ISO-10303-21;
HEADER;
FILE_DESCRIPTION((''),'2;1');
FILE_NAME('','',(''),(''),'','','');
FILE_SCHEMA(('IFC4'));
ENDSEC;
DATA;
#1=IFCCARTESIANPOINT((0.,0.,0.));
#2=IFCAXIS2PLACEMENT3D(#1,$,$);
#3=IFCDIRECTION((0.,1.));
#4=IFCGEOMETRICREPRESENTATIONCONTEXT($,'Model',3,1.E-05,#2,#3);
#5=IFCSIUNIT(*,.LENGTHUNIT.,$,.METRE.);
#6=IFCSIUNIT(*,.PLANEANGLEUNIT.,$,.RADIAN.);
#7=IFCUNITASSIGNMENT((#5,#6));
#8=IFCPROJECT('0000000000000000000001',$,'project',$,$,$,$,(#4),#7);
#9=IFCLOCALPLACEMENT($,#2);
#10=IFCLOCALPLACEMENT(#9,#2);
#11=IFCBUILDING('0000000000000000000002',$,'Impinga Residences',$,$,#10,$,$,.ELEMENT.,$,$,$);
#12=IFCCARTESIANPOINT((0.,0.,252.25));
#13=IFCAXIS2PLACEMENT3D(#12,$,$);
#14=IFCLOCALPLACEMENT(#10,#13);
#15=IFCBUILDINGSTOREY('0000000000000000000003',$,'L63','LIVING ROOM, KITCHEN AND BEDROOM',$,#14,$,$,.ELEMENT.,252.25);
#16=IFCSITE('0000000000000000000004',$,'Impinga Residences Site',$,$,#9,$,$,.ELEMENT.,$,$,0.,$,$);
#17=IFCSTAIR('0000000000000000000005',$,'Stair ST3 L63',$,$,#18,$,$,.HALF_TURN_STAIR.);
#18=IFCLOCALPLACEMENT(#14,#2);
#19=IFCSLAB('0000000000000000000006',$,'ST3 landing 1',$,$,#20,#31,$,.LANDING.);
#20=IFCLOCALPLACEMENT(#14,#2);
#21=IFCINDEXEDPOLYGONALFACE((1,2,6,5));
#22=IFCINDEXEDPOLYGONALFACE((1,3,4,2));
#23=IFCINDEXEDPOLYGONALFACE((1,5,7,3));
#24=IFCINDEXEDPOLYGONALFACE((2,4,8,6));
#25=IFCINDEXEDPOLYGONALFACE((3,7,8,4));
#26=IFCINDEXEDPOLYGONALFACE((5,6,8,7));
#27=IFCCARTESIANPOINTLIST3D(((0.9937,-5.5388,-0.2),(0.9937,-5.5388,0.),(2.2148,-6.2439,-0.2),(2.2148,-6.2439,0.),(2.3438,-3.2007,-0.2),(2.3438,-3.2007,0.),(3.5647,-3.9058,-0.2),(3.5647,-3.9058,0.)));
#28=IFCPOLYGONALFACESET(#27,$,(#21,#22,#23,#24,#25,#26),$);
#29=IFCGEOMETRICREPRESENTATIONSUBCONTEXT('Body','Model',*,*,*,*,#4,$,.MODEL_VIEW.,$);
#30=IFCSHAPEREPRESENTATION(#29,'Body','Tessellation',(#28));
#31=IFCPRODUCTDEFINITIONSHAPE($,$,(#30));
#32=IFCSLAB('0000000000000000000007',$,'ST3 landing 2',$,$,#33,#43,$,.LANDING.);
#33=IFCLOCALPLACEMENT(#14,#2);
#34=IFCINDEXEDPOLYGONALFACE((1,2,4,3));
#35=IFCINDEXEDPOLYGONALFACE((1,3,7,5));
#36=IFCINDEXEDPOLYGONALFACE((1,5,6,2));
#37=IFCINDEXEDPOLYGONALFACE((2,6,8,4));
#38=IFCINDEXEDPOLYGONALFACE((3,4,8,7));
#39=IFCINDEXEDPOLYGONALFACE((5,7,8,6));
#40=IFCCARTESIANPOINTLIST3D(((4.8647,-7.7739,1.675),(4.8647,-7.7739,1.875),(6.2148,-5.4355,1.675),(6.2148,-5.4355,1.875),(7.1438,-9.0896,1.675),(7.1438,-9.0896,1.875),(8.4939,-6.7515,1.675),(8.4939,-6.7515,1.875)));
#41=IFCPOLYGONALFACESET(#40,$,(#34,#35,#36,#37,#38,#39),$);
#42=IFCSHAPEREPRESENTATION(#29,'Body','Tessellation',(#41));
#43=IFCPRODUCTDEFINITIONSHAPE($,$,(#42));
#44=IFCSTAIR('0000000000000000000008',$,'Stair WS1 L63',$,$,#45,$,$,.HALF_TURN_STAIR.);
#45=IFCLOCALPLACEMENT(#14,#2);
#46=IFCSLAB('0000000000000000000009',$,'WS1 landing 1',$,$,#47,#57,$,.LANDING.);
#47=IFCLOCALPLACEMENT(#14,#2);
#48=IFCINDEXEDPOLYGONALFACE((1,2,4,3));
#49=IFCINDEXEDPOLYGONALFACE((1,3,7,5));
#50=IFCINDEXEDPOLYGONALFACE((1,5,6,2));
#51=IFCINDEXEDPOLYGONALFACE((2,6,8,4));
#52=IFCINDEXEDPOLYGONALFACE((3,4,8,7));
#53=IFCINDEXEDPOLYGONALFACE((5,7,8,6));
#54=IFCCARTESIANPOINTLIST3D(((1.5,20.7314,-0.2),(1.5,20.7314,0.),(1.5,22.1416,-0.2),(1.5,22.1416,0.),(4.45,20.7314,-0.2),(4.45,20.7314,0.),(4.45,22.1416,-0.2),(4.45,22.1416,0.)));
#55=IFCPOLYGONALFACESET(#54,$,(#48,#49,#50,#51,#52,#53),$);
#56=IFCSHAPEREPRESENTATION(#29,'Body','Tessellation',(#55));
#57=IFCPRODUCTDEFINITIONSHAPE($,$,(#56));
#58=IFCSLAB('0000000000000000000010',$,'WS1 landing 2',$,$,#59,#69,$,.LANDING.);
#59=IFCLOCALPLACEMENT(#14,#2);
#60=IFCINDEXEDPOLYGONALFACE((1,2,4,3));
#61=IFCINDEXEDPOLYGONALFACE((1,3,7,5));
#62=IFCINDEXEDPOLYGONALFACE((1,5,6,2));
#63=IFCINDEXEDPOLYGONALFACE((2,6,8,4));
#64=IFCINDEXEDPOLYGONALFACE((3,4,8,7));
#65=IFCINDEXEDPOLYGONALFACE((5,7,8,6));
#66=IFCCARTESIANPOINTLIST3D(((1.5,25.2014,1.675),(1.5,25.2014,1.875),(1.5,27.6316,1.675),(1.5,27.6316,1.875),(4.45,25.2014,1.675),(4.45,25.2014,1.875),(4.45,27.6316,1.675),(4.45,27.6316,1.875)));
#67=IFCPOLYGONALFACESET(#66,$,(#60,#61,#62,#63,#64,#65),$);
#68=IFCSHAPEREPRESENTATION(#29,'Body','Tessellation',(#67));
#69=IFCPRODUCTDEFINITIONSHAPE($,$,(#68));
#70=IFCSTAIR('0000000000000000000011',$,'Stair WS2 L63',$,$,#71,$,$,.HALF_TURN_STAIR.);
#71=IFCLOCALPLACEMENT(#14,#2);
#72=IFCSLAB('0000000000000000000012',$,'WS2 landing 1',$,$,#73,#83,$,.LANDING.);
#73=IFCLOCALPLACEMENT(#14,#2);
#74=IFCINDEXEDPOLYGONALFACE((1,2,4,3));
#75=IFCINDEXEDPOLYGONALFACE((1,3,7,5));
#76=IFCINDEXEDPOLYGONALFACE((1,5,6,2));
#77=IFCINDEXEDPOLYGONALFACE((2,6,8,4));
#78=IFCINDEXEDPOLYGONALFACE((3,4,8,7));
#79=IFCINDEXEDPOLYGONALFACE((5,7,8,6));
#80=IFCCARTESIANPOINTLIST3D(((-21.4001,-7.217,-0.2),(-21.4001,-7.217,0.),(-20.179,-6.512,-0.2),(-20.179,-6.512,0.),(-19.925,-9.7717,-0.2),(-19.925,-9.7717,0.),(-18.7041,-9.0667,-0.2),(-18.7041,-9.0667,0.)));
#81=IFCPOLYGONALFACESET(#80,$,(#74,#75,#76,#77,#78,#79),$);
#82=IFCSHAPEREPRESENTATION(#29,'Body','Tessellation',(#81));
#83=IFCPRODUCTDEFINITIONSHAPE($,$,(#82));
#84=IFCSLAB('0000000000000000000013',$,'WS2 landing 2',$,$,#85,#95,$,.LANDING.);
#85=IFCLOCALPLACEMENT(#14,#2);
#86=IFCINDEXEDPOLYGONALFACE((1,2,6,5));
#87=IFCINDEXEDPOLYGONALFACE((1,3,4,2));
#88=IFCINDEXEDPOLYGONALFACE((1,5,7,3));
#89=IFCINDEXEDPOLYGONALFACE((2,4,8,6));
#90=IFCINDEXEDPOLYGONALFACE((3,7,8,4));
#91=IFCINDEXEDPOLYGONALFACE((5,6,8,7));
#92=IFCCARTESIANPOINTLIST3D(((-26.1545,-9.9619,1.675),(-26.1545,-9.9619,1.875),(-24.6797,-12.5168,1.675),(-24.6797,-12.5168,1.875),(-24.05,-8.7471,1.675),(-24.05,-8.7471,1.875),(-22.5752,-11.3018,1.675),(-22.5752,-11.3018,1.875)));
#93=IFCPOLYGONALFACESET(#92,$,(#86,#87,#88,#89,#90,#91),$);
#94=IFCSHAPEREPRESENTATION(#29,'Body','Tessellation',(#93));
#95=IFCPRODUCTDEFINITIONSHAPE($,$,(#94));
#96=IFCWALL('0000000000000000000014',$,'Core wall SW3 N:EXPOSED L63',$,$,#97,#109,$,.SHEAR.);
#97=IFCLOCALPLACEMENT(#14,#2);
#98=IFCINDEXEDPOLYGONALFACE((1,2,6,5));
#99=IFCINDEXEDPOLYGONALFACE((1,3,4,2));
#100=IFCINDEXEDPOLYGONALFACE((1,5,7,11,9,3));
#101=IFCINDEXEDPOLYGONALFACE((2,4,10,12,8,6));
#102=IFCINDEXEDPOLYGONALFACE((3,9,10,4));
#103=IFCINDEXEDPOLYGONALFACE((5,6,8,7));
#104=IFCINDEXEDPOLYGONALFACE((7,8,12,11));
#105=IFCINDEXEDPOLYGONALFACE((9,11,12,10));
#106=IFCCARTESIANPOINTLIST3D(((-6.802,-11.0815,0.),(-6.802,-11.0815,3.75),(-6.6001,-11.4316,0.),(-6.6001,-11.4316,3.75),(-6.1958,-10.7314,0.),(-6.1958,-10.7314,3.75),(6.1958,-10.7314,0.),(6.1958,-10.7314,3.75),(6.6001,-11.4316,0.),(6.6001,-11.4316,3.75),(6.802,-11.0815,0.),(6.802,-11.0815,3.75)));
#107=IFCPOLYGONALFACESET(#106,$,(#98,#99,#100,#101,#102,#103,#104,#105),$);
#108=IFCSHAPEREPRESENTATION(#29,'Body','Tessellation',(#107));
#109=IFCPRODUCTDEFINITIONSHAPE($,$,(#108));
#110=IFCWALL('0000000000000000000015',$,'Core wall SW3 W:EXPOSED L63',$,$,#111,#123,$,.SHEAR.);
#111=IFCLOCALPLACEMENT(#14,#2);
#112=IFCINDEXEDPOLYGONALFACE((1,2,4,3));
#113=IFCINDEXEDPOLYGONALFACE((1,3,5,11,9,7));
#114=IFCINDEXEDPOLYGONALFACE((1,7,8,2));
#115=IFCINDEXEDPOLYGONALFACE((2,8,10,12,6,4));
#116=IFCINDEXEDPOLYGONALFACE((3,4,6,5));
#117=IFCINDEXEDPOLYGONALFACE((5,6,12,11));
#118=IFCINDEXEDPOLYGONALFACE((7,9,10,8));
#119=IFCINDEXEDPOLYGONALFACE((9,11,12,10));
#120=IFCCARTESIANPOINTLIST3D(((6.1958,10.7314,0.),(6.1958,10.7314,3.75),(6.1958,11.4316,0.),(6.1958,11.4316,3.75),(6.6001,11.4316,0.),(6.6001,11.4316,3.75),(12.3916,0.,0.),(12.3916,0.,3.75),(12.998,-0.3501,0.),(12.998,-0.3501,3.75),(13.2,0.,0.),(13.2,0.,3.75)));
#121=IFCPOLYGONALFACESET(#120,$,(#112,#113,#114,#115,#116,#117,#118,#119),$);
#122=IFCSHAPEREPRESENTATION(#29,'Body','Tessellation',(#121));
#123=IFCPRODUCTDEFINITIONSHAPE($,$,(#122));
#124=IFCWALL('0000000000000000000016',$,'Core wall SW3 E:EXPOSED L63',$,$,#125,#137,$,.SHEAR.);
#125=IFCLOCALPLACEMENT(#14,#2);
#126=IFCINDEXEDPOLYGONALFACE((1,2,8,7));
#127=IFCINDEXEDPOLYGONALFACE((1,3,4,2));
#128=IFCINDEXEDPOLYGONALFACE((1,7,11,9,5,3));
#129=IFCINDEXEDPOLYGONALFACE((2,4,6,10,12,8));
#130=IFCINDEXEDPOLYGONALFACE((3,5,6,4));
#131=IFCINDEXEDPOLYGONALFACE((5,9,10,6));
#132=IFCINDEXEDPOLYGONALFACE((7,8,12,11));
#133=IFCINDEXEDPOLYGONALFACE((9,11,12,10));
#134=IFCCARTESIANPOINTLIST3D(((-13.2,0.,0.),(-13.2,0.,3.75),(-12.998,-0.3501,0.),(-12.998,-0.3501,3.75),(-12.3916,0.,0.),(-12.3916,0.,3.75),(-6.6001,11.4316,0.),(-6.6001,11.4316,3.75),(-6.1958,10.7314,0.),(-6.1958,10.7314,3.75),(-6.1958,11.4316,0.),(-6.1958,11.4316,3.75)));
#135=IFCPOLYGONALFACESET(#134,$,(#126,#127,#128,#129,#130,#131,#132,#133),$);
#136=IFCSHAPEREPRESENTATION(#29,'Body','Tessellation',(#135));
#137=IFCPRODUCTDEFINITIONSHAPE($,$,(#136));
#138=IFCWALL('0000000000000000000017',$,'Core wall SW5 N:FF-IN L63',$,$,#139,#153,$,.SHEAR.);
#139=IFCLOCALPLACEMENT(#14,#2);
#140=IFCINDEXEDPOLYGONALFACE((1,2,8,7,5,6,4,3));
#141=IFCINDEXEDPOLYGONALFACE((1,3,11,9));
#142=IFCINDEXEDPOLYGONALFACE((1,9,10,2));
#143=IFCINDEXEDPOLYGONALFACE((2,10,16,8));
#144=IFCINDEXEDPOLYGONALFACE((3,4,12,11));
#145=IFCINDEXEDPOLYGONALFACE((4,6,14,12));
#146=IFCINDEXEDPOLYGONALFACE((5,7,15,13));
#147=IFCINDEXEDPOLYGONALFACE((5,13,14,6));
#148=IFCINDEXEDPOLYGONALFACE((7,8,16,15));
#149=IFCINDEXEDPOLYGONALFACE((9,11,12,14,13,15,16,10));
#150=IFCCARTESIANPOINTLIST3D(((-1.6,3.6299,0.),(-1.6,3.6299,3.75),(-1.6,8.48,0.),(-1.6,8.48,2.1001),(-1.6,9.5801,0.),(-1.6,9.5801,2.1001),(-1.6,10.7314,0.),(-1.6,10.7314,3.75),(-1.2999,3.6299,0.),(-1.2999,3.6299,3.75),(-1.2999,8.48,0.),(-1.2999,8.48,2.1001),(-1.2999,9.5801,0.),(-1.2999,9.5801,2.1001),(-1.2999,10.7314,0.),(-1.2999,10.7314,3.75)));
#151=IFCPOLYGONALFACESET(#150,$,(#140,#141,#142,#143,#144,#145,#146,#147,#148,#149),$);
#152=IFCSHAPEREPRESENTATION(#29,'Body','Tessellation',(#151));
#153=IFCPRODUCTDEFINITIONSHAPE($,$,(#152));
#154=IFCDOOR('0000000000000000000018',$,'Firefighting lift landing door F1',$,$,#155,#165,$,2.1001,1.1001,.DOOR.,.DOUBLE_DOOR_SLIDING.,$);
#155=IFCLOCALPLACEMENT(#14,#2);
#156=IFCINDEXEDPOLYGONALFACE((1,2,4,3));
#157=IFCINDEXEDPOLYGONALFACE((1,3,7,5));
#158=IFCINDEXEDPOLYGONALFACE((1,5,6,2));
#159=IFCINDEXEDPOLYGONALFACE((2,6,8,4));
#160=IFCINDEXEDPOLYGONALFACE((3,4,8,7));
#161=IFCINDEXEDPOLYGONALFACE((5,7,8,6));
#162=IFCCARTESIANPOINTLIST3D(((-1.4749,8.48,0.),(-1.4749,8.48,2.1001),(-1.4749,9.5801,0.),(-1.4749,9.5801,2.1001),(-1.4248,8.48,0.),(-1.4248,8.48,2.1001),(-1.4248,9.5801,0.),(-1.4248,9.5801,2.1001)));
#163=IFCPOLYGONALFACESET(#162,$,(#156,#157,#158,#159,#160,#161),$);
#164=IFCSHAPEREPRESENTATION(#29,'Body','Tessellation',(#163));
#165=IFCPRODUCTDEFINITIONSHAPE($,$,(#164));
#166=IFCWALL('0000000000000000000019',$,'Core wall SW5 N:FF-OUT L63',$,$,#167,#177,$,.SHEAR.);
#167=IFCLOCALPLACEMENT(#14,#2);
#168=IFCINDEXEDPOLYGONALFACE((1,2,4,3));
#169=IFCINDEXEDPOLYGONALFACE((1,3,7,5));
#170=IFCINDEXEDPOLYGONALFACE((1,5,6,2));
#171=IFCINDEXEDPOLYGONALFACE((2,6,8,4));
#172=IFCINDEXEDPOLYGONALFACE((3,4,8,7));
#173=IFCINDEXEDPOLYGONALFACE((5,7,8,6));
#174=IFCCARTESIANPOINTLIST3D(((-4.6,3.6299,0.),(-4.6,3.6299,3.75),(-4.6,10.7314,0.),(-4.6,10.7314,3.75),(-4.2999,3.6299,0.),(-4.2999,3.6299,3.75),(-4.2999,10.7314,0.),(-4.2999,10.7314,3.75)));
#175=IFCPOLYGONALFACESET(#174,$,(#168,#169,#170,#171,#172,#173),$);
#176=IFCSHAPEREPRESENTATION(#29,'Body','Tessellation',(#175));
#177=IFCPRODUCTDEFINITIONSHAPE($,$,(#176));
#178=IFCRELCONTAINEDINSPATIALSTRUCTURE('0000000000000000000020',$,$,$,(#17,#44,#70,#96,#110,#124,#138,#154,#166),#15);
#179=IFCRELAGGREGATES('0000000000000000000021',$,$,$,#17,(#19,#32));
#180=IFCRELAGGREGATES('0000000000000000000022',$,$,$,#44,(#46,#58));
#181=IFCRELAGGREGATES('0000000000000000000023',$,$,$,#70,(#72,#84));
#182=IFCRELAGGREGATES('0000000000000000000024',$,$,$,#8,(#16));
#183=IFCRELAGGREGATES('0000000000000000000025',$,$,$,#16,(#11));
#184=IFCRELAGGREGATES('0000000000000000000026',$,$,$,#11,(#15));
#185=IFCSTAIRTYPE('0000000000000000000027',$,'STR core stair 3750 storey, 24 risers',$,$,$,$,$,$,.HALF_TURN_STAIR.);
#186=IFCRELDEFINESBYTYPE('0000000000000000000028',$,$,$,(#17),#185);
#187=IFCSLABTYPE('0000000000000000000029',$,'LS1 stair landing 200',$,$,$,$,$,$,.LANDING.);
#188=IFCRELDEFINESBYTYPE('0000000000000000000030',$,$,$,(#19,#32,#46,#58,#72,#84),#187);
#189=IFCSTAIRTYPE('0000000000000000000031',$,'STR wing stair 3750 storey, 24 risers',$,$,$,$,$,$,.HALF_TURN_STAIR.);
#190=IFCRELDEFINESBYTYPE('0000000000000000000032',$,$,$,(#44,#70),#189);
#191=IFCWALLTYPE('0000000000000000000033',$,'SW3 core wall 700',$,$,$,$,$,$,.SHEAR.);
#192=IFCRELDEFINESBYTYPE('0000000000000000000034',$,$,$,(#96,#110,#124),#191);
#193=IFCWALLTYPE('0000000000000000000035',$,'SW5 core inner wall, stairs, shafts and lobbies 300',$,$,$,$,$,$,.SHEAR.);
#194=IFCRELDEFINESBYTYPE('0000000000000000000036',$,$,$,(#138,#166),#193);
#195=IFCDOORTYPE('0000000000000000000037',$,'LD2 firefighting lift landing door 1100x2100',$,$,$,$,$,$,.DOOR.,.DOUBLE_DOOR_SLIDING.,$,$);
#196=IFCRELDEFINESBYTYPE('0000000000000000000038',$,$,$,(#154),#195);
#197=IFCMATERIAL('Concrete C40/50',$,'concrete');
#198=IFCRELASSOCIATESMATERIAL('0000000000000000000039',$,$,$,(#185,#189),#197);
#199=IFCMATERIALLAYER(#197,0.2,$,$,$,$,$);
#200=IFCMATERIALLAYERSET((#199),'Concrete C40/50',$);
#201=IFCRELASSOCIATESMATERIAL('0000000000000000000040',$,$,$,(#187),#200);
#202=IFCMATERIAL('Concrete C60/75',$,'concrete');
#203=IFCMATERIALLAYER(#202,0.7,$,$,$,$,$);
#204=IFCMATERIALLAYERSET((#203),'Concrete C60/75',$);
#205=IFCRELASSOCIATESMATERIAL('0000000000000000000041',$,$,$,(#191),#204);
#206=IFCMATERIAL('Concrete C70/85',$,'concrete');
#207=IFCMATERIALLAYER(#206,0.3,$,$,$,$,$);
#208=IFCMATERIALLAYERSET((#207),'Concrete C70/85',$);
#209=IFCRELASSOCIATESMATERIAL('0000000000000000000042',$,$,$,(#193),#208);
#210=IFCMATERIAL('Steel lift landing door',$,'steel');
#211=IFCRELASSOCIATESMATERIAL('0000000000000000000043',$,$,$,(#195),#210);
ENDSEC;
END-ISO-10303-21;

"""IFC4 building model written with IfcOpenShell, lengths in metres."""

from ifc_helpers import new_model, si_unit, direction, frame, frame_2d, origin, place, context, subcontext, project, spatial, polyline, rectangle, outline, extrude, material, layer, layer_set, type_object, element, fill, aggregate, save


model = new_model("IFC4")

# Units and contexts
model_context = context("Model", 3, precision=1e-05, world=origin(), true_north=direction((0.0, 1.0)))
body_context = subcontext(model_context, "Body", "Model", "MODEL_VIEW")
ifc_project = project(units=[si_unit("LENGTHUNIT", "METRE"), si_unit("PLANEANGLEUNIT", "RADIAN")], contexts=[model_context])

# Site, building, storey
site_placement = place(None, origin())
site = spatial("IfcSite", under=ifc_project, at=site_placement, Name="Impinga Residences Site", CompositionType="ELEMENT", RefElevation=0.0)
building_placement = place(site_placement, origin())
building = spatial("IfcBuilding", under=site, at=building_placement, Name="Impinga Residences", CompositionType="ELEMENT")
storey_placement = place(building_placement, frame((0.0, 0.0, 252.25)))
storey = spatial("IfcBuildingStorey", under=building, at=storey_placement, Name="L63", Description="LIVING ROOM, KITCHEN AND BEDROOM", CompositionType="ELEMENT", Elevation=252.25)

# Shared definitions
ifc_material_1 = material(Name="Concrete C60/75", Category="concrete")

# Stairs, slabs
ifc_material_2 = material(Name="Concrete C40/50", Category="concrete")
stair_type_1 = type_object("IfcStairType", Name="STR core stair 3750 storey, 24 risers", PredefinedType="HALF_TURN_STAIR", material=ifc_material_2)
ifc_layer_1 = layer(ifc_material_2, 0.2)
ifc_layer_set_1 = layer_set([ifc_layer_1], Name="Concrete C40/50")
slab_type_1 = type_object("IfcSlabType", Name="LS1 stair landing 200", PredefinedType="LANDING", material=ifc_layer_set_1)
stair_1_placement = place(storey_placement, origin())
stair_1 = element("IfcStair", 1, at=stair_1_placement, inside=storey, type_object=stair_type_1, Name="Stair ST3 L63", PredefinedType="HALF_TURN_STAIR")
slab_1_placement = place(storey_placement, frame((0.0, 0.0, -0.2)))
slab_1 = element("IfcSlab", 2, at=slab_1_placement, type_object=slab_type_1, Name="ST3 landing 1", PredefinedType="LANDING", context=body_context, shape_type="SweptSolid", body=[
    extrude(outline(polyline([(2.3438, -3.2007), (0.9937, -5.5388), (2.2148, -6.2439), (3.5647, -3.9058), (2.3438, -3.2007)])), origin(), (0.0, 0.0, 1.0), 0.2),
])
slab_2_placement = place(storey_placement, frame((0.0, 0.0, 1.675)))
slab_2 = element("IfcSlab", 3, at=slab_2_placement, type_object=slab_type_1, Name="ST3 landing 2", PredefinedType="LANDING", context=body_context, shape_type="SweptSolid", body=[
    extrude(outline(polyline([(6.2148, -5.4355), (4.8647, -7.7739), (7.1438, -9.0896), (8.4939, -6.7515), (6.2148, -5.4355)])), origin(), (0.0, 0.0, 1.0), 0.2),
])
aggregate(stair_1, [slab_1, slab_2])
stair_type_2 = type_object("IfcStairType", Name="STR wing stair 3750 storey, 24 risers", PredefinedType="HALF_TURN_STAIR", material=ifc_material_2)
stair_2_placement = place(storey_placement, origin())
stair_2 = element("IfcStair", 4, at=stair_2_placement, inside=storey, type_object=stair_type_2, Name="Stair WS1 L63", PredefinedType="HALF_TURN_STAIR")
slab_3_placement = place(storey_placement, frame((0.0, 0.0, -0.2)))
slab_3 = element("IfcSlab", 5, at=slab_3_placement, type_object=slab_type_1, Name="WS1 landing 1", PredefinedType="LANDING", context=body_context, shape_type="SweptSolid", body=[
    extrude(outline(polyline([(1.5, 20.7314), (4.45, 20.7314), (4.45, 22.1416), (1.5, 22.1416), (1.5, 20.7314)])), origin(), (0.0, 0.0, 1.0), 0.2),
])
slab_4_placement = place(storey_placement, frame((0.0, 0.0, 1.675)))
slab_4 = element("IfcSlab", 6, at=slab_4_placement, type_object=slab_type_1, Name="WS1 landing 2", PredefinedType="LANDING", context=body_context, shape_type="SweptSolid", body=[
    extrude(outline(polyline([(1.5, 25.2014), (4.45, 25.2014), (4.45, 27.6316), (1.5, 27.6316), (1.5, 25.2014)])), origin(), (0.0, 0.0, 1.0), 0.2),
])
aggregate(stair_2, [slab_3, slab_4])
stair_3_placement = place(storey_placement, origin())
stair_3 = element("IfcStair", 7, at=stair_3_placement, inside=storey, type_object=stair_type_2, Name="Stair WS2 L63", PredefinedType="HALF_TURN_STAIR")
slab_5_placement = place(storey_placement, frame((0.0, 0.0, -0.2)))
slab_5 = element("IfcSlab", 8, at=slab_5_placement, type_object=slab_type_1, Name="WS2 landing 1", PredefinedType="LANDING", context=body_context, shape_type="SweptSolid", body=[
    extrude(outline(polyline([(-18.7041, -9.0667), (-20.179, -6.512), (-21.4001, -7.217), (-19.925, -9.7717), (-18.7041, -9.0667)])), origin(), (0.0, 0.0, 1.0), 0.2),
])
slab_6_placement = place(storey_placement, frame((0.0, 0.0, 1.675)))
slab_6 = element("IfcSlab", 9, at=slab_6_placement, type_object=slab_type_1, Name="WS2 landing 2", PredefinedType="LANDING", context=body_context, shape_type="SweptSolid", body=[
    extrude(outline(polyline([(-22.5752, -11.3018), (-24.05, -8.7471), (-26.1545, -9.9619), (-24.6797, -12.5168), (-22.5752, -11.3018)])), origin(), (0.0, 0.0, 1.0), 0.2),
])
aggregate(stair_3, [slab_5, slab_6])

# Walls
ifc_layer_2 = layer(ifc_material_1, 0.7)
ifc_layer_set_2 = layer_set([ifc_layer_2], Name="Concrete C60/75")
wall_type_1 = type_object("IfcWallType", Name="SW3 core wall 700", PredefinedType="SHEAR", material=ifc_layer_set_2)
wall_1_placement = place(storey_placement, origin())
element("IfcWall", 10, at=wall_1_placement, inside=storey, type_object=wall_type_1, Name="Core wall SW3 N:EXPOSED L63", PredefinedType="SHEAR", context=body_context, shape_type="SweptSolid", body=[
    extrude(outline(polyline([(-6.6001, -11.4316), (6.6001, -11.4316), (6.802, -11.0815), (6.1958, -10.7314), (-6.1958, -10.7314), (-6.802, -11.0815), (-6.6001, -11.4316)])), origin(), (0.0, 0.0, 1.0), 3.75),
])
wall_2_placement = place(storey_placement, origin())
element("IfcWall", 11, at=wall_2_placement, inside=storey, type_object=wall_type_1, Name="Core wall SW3 W:EXPOSED L63", PredefinedType="SHEAR", context=body_context, shape_type="SweptSolid", body=[
    extrude(outline(polyline([(13.2, 0.0), (6.6001, 11.4316), (6.1958, 11.4316), (6.1958, 10.7314), (12.3916, 0.0), (12.998, -0.3501), (13.2, 0.0)])), origin(), (0.0, 0.0, 1.0), 3.75),
])
wall_3_placement = place(storey_placement, origin())
element("IfcWall", 12, at=wall_3_placement, inside=storey, type_object=wall_type_1, Name="Core wall SW3 E:EXPOSED L63", PredefinedType="SHEAR", context=body_context, shape_type="SweptSolid", body=[
    extrude(outline(polyline([(-6.6001, 11.4316), (-13.2, 0.0), (-12.998, -0.3501), (-12.3916, 0.0), (-6.1958, 10.7314), (-6.1958, 11.4316), (-6.6001, 11.4316)])), origin(), (0.0, 0.0, 1.0), 3.75),
])

# Wall, opening, door
ifc_material_3 = material(Name="Concrete C70/85", Category="concrete")
ifc_layer_3 = layer(ifc_material_3, 0.3)
ifc_layer_set_3 = layer_set([ifc_layer_3], Name="Concrete C70/85")
wall_type_2 = type_object("IfcWallType", Name="SW5 core inner wall, stairs, shafts and lobbies 300", PredefinedType="SHEAR", material=ifc_layer_set_3)
wall_4_placement = place(storey_placement, frame((-1.45, 3.6299, 0.0), z_axis=(0.0, 0.0, 1.0), x_axis=(0.0, 1.0, 0.0)))
wall_4 = element("IfcWall", 13, at=wall_4_placement, inside=storey, type_object=wall_type_2, Name="Core wall SW5 N:FF-IN L63", PredefinedType="SHEAR", context=body_context, shape_type="SweptSolid", body=[
    extrude(rectangle(XDim=7.1016, YDim=0.3, at=frame_2d((3.5508, 0.0))), origin(), (0.0, 0.0, 1.0), 3.75),
])
opening_1_placement = place(wall_4_placement, frame((4.8501, 0.0, 0.0)))
opening_1 = element("IfcOpeningElement", 14, at=opening_1_placement, cuts=wall_4, PredefinedType="OPENING", context=body_context, shape_type="SweptSolid", body=[
    extrude(rectangle(XDim=1.1001, YDim=2.1001, at=frame_2d((0.55, 1.05))), frame((0.0, 0.1599, 0.0), z_axis=(0.0, -1.0, 0.0), x_axis=(1.0, 0.0, 0.0)), (0.0, 0.0, 1.0), 0.3201),
])
ifc_material_4 = material(Name="Steel lift landing door", Category="steel")
door_type_1 = type_object("IfcDoorType", Name="LD2 firefighting lift landing door 1100x2100", OperationType="DOUBLE_DOOR_SLIDING", PredefinedType="DOOR", material=ifc_material_4)
door_1_placement = place(opening_1_placement, origin())
door_1 = element("IfcDoor", 15, at=door_1_placement, inside=storey, type_object=door_type_1, Name="Firefighting lift landing door F1", OperationType="DOUBLE_DOOR_SLIDING", OverallHeight=2.1001, OverallWidth=1.1001, PredefinedType="DOOR", context=body_context, shape_type="SweptSolid", body=[
    extrude(rectangle(XDim=1.1001, YDim=2.1001, at=frame_2d((0.55, 1.05))), frame((0.0, 0.0249, 0.0), z_axis=(0.0, -1.0, 0.0), x_axis=(1.0, 0.0, 0.0)), (0.0, 0.0, 1.0), 0.05),
])
fill(opening_1, door_1)

# Wall
wall_5_placement = place(storey_placement, frame((-4.45, 3.6299, 0.0), z_axis=(0.0, 0.0, 1.0), x_axis=(0.0, 1.0, 0.0)))
element("IfcWall", 16, at=wall_5_placement, inside=storey, type_object=wall_type_2, Name="Core wall SW5 N:FF-OUT L63", PredefinedType="SHEAR", context=body_context, shape_type="SweptSolid", body=[
    extrude(rectangle(XDim=7.1016, YDim=0.3, at=frame_2d((3.5508, 0.0))), origin(), (0.0, 0.0, 1.0), 3.75),
])

save(model, "model.ifc")
